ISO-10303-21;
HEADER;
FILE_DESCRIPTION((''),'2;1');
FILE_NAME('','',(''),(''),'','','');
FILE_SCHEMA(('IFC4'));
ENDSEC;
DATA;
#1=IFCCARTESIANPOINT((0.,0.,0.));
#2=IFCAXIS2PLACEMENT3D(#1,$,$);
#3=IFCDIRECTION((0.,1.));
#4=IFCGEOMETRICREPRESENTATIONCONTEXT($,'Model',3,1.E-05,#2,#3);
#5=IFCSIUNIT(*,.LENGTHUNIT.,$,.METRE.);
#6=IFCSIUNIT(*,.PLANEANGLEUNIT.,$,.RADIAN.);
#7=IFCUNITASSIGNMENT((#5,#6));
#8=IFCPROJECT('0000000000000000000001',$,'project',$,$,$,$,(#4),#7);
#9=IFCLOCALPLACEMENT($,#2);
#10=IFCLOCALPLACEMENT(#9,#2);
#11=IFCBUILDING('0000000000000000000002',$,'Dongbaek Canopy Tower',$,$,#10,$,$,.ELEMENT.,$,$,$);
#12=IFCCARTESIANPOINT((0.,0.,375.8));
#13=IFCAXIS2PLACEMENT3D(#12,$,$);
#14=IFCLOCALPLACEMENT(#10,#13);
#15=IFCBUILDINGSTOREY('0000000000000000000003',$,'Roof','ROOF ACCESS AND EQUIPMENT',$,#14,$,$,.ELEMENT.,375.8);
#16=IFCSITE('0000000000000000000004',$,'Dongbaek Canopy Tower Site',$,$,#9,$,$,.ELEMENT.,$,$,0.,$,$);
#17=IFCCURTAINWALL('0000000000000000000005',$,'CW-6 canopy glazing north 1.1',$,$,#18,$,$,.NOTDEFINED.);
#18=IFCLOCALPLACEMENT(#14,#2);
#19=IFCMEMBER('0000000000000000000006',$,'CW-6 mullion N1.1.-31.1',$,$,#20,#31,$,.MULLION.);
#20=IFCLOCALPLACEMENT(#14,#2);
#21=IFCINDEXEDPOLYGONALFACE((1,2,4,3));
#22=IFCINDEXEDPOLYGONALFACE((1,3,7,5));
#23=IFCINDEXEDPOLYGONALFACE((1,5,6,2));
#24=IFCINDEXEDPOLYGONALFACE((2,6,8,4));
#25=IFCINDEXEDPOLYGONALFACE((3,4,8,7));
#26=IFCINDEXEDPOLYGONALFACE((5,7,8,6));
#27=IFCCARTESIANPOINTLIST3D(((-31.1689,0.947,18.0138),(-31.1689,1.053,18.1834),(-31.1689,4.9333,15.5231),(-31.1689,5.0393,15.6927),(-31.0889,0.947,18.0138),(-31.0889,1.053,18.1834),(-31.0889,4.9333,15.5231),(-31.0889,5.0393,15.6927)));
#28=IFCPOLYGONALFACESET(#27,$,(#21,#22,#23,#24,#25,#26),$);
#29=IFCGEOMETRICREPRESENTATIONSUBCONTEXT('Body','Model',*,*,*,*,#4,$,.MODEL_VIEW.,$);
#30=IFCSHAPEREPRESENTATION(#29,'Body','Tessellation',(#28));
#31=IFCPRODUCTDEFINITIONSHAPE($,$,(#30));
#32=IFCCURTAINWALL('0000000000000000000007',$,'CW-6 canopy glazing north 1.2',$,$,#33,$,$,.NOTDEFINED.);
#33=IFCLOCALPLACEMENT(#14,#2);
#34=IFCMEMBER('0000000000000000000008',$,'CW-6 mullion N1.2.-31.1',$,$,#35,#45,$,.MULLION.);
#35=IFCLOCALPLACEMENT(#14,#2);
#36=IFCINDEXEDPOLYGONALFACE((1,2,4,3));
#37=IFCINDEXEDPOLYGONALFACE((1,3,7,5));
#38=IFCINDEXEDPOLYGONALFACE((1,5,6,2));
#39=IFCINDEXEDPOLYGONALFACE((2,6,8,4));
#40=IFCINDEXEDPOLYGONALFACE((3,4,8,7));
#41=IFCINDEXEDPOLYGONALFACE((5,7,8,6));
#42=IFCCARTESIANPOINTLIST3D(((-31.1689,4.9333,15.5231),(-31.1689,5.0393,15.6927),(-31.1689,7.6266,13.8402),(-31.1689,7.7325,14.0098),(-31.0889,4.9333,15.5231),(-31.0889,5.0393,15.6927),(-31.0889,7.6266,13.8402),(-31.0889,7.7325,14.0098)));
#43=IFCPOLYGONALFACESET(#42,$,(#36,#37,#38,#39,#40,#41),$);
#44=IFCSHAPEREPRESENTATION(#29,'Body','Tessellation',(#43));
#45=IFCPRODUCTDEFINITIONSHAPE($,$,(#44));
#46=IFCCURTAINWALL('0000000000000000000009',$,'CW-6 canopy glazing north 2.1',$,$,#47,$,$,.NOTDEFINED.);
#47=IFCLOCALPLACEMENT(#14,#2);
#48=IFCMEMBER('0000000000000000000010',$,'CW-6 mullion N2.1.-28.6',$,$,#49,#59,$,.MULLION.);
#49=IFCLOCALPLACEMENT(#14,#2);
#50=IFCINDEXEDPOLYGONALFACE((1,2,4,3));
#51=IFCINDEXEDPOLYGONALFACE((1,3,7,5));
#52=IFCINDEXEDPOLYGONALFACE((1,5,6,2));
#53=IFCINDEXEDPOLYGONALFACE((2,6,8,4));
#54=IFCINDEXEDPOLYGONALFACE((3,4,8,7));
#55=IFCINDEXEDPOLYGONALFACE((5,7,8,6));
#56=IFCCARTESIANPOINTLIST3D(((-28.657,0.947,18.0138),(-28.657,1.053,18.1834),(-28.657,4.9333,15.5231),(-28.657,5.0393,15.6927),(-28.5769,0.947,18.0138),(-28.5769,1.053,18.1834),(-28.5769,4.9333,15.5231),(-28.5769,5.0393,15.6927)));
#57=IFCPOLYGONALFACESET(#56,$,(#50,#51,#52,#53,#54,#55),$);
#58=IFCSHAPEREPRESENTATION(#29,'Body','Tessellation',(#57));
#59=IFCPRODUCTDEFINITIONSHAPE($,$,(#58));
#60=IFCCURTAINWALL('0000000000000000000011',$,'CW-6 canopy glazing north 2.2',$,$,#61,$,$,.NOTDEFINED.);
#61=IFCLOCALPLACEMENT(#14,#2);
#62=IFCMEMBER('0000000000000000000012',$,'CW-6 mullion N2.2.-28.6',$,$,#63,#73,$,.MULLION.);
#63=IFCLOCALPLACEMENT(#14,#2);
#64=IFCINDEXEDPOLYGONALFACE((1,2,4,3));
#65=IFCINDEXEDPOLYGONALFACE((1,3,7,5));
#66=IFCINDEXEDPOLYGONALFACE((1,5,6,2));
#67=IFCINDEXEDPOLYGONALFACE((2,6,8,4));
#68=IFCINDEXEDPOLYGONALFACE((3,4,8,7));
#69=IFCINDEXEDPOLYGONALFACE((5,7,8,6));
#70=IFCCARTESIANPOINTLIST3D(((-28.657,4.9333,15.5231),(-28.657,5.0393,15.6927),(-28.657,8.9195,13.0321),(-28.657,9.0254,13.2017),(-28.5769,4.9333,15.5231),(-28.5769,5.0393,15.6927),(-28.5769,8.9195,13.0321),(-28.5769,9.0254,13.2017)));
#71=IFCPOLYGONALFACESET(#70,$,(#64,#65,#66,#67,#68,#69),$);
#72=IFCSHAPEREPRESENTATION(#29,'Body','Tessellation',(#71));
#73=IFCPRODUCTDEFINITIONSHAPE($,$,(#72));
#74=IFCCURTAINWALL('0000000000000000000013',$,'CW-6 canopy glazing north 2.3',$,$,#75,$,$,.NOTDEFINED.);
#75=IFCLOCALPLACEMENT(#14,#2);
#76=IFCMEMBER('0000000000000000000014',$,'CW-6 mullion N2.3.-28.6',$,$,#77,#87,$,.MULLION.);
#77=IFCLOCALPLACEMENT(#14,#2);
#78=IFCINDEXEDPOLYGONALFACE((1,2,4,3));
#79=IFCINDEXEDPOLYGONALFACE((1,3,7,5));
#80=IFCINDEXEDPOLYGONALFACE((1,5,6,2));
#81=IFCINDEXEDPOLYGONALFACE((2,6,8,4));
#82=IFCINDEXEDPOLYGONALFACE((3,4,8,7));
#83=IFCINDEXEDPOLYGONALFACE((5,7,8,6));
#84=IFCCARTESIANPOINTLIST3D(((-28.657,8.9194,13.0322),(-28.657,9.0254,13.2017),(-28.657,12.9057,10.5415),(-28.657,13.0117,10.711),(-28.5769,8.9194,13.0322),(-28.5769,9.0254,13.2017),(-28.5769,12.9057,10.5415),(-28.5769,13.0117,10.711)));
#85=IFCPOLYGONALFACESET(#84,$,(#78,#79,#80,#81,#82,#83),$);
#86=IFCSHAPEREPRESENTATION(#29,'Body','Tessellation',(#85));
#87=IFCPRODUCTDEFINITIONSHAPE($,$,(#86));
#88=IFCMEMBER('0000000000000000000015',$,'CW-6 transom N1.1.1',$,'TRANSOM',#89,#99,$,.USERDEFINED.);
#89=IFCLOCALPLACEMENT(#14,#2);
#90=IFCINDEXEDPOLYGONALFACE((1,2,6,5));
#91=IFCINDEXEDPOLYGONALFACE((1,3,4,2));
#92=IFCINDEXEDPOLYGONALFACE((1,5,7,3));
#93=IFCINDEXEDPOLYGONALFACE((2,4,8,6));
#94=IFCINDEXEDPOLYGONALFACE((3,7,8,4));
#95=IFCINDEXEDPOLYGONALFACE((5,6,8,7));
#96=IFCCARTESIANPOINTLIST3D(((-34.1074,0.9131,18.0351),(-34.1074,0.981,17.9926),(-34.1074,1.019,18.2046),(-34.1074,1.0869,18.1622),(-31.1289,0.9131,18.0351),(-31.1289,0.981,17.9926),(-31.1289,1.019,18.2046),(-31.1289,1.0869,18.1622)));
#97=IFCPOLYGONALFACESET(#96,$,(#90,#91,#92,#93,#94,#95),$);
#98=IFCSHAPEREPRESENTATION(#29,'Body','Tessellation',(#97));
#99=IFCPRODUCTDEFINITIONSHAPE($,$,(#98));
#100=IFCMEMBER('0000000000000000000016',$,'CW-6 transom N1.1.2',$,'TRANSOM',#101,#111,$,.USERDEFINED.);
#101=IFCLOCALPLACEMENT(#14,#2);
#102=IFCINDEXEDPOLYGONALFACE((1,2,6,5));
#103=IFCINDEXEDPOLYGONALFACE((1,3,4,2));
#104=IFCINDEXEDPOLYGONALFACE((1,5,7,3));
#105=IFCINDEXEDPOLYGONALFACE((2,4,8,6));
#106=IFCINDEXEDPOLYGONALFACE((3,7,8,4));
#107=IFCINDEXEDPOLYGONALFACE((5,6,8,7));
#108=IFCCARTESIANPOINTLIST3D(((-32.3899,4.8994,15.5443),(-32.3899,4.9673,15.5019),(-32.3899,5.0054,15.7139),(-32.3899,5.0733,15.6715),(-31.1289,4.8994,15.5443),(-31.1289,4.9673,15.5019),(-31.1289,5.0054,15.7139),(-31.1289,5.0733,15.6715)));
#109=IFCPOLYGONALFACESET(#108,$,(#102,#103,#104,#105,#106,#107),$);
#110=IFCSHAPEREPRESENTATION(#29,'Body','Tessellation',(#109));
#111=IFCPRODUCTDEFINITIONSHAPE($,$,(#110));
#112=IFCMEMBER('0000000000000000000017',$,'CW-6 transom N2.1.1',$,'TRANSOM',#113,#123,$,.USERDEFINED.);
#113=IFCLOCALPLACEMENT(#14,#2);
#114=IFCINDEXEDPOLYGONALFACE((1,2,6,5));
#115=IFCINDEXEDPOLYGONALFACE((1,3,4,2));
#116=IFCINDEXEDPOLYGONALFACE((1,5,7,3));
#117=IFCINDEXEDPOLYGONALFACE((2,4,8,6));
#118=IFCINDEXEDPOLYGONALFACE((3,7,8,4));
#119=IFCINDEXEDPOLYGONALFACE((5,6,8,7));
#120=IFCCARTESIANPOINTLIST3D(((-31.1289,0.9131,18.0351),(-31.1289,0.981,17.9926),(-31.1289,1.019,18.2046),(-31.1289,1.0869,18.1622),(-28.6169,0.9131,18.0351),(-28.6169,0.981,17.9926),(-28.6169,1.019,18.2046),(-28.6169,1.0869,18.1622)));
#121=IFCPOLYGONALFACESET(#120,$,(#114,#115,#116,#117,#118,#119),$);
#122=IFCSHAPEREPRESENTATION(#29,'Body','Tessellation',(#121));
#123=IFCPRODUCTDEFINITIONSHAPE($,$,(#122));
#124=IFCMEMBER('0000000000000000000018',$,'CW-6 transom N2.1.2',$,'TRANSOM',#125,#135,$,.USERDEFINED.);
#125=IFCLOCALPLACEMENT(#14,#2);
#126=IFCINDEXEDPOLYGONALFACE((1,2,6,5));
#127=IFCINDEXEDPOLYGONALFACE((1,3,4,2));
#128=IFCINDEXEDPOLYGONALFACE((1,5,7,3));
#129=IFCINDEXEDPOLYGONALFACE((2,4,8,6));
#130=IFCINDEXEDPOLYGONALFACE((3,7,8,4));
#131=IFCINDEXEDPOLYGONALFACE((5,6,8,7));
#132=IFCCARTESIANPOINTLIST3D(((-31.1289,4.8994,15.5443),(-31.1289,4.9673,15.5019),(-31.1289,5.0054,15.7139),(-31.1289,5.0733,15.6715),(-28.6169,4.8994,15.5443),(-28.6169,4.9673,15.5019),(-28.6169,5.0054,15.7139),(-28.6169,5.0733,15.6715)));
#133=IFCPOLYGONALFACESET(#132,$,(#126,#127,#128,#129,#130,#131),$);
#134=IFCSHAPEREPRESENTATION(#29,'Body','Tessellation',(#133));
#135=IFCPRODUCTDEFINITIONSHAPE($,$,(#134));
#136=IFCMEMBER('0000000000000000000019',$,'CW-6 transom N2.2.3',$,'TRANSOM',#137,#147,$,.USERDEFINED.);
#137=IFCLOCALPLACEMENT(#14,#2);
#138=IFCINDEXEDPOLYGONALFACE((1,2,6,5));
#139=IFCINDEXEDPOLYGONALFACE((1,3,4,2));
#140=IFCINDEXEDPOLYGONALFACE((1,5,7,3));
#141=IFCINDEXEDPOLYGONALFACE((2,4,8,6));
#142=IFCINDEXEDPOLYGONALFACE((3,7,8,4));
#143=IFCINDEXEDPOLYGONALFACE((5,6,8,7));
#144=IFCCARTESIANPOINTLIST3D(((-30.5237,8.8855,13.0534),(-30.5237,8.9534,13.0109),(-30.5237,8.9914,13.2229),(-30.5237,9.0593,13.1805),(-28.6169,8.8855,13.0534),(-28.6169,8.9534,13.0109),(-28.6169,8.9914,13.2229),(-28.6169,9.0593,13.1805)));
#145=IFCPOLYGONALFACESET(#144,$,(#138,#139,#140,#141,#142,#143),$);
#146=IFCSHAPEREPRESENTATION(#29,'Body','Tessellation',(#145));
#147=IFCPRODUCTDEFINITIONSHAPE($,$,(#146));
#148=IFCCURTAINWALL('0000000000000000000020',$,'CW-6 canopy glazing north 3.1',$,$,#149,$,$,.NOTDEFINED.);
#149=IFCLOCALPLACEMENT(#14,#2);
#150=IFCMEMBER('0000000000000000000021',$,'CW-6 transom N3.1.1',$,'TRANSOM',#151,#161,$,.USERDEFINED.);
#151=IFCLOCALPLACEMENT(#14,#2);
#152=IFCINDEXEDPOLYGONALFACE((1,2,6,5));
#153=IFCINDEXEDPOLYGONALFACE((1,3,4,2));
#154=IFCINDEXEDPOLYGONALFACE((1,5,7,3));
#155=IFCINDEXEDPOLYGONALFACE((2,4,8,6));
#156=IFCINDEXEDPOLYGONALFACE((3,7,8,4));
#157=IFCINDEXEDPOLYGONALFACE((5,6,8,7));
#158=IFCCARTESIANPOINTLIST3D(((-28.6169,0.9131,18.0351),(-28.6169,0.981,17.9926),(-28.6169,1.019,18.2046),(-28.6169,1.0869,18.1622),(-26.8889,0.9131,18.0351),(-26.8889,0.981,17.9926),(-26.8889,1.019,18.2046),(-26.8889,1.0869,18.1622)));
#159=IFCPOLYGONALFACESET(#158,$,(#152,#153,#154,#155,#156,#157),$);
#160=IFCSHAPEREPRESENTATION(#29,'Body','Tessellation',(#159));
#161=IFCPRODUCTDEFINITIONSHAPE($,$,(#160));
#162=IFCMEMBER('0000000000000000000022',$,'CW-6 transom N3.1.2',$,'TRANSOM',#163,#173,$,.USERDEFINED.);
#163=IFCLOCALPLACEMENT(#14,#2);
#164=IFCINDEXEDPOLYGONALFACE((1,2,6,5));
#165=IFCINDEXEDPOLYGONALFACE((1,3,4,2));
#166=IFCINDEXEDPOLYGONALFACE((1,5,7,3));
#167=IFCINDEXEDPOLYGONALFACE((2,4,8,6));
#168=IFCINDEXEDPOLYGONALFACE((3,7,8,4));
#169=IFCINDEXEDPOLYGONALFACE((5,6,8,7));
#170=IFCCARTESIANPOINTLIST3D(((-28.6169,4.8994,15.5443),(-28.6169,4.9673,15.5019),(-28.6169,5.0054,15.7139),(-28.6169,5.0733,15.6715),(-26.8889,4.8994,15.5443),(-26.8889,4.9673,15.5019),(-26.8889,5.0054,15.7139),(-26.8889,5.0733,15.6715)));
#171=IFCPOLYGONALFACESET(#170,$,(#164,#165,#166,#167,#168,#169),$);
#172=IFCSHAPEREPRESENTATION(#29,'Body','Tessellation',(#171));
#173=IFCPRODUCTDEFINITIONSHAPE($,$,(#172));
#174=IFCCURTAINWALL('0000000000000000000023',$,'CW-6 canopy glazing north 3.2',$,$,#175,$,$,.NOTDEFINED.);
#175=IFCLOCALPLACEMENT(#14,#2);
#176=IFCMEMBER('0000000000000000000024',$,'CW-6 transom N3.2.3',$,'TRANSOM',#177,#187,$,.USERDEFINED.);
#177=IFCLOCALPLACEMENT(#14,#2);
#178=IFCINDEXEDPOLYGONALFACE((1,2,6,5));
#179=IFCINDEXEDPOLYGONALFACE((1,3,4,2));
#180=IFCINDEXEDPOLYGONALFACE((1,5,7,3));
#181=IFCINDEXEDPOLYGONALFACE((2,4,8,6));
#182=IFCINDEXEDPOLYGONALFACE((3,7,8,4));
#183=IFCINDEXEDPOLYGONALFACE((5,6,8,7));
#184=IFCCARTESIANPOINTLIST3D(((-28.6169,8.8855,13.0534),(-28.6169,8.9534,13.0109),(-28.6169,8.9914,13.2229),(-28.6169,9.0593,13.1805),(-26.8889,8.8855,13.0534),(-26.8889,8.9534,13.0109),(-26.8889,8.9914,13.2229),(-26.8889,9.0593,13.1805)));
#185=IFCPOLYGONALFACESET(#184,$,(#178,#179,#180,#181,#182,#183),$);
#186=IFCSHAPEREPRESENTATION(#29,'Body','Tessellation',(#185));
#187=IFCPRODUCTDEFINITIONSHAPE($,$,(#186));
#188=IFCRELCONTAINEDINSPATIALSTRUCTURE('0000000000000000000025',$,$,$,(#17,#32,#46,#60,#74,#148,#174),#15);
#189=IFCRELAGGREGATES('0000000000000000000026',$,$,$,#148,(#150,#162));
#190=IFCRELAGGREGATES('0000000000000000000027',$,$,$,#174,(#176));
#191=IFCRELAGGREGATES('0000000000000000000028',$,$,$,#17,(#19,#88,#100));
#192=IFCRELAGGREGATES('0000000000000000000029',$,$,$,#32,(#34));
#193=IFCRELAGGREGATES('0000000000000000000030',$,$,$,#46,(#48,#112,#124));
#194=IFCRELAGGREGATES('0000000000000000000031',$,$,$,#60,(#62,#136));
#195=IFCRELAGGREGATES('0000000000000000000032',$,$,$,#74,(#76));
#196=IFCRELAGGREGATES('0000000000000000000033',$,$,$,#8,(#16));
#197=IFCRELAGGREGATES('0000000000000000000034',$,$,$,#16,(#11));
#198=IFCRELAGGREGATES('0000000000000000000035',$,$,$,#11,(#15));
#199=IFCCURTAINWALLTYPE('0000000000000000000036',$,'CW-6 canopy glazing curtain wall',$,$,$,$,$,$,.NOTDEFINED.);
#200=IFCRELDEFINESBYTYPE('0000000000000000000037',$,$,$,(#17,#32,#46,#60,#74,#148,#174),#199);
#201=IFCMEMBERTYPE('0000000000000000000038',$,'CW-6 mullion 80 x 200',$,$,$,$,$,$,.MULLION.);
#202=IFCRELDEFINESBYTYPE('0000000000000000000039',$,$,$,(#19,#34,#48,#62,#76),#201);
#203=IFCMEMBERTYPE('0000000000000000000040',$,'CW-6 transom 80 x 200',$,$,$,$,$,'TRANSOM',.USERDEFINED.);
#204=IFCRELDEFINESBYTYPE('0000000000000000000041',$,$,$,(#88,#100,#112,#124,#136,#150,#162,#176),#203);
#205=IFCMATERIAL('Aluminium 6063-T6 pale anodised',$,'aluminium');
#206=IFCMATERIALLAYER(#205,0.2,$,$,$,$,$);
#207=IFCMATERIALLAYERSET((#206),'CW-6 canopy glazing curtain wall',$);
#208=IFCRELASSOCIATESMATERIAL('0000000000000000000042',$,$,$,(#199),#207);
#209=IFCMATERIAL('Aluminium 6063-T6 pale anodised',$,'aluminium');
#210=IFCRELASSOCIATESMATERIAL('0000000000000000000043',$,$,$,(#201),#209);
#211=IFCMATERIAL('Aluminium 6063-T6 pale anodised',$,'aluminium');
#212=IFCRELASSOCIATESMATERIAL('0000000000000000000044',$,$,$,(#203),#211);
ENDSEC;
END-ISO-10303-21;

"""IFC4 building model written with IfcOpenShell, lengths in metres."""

from ifc_helpers import new_model, si_unit, direction, frame, origin, origin_2d, place, context, subcontext, project, spatial, rectangle, extrude, material, layer, layer_set, material_profile, profile_set, type_object, element, aggregate, save


model = new_model("IFC4")

# Units and contexts
model_context = context("Model", 3, precision=1e-05, world=origin(), true_north=direction((0.0, 1.0)))
body_context = subcontext(model_context, "Body", "Model", "MODEL_VIEW")
ifc_project = project(units=[si_unit("LENGTHUNIT", "METRE"), si_unit("PLANEANGLEUNIT", "RADIAN")], contexts=[model_context])

# Site, building, storey
site_placement = place(None, origin())
site = spatial("IfcSite", under=ifc_project, at=site_placement, Name="Dongbaek Canopy Tower Site", CompositionType="ELEMENT", RefElevation=0.0)
building_placement = place(site_placement, origin())
building = spatial("IfcBuilding", under=site, at=building_placement, Name="Dongbaek Canopy Tower", CompositionType="ELEMENT")
storey_placement = place(building_placement, frame((0.0, 0.0, 375.8)))
storey = spatial("IfcBuildingStorey", under=building, at=storey_placement, Name="Roof", Description="ROOF ACCESS AND EQUIPMENT", CompositionType="ELEMENT", Elevation=375.8)

# Curtain walls, members
ifc_material_1 = material(Name="Aluminium 6063-T6 pale anodised", Category="aluminium")
ifc_layer_1 = layer(ifc_material_1, 0.2)
ifc_layer_set_1 = layer_set([ifc_layer_1], Name="CW-6 canopy glazing curtain wall")
curtain_wall_type = type_object("IfcCurtainWallType", Name="CW-6 canopy glazing curtain wall", PredefinedType="NOTDEFINED", material=ifc_layer_set_1)
curtain_wall_1_placement = place(storey_placement, origin())
curtain_wall_1 = element("IfcCurtainWall", 1, at=curtain_wall_1_placement, inside=storey, type_object=curtain_wall_type, Name="CW-6 canopy glazing north 1.1", PredefinedType="NOTDEFINED")
ifc_material_2 = material(Name="Aluminium 6063-T6 pale anodised", Category="aluminium")
ifc_material_profile_1 = material_profile(ifc_material_2, rectangle(XDim=0.0801, YDim=0.2, at=origin_2d()), Name="CW-6 mullion 80 x 200")
ifc_profile_set_1 = profile_set([ifc_material_profile_1], Name="Aluminium 6063-T6 pale anodised")
member_type_1 = type_object("IfcMemberType", Name="CW-6 mullion 80 x 200", PredefinedType="MULLION", material=ifc_profile_set_1)
member_1_placement = place(storey_placement, frame((-31.1289, 1.0, 18.0986), z_axis=(0.0, 0.848068, -0.529887), x_axis=(-1.0, 0.0, 0.0)))
member_1 = element("IfcMember", 2, at=member_1_placement, type_object=member_type_1, Name="CW-6 mullion N1.1.-31.1", PredefinedType="MULLION", context=body_context, shape_type="SweptSolid", body=[
    extrude(rectangle(XDim=0.0801, YDim=0.2, at=origin_2d()), origin(), (0.0, 0.0, 1.0), 4.7004),
])
curtain_wall_2_placement = place(storey_placement, origin())
curtain_wall_2 = element("IfcCurtainWall", 3, at=curtain_wall_2_placement, inside=storey, type_object=curtain_wall_type, Name="CW-6 canopy glazing north 1.2", PredefinedType="NOTDEFINED")
member_2_placement = place(storey_placement, frame((-31.1289, 4.9863, 15.6079), z_axis=(0.0, 0.848046, -0.529923), x_axis=(-1.0, 0.0, 0.0)))
member_2 = element("IfcMember", 4, at=member_2_placement, type_object=member_type_1, Name="CW-6 mullion N1.2.-31.1", PredefinedType="MULLION", context=body_context, shape_type="SweptSolid", body=[
    extrude(rectangle(XDim=0.0801, YDim=0.2, at=origin_2d()), origin(), (0.0, 0.0, 1.0), 3.1758),
])
curtain_wall_3_placement = place(storey_placement, origin())
curtain_wall_3 = element("IfcCurtainWall", 5, at=curtain_wall_3_placement, inside=storey, type_object=curtain_wall_type, Name="CW-6 canopy glazing north 2.1", PredefinedType="NOTDEFINED")
member_3_placement = place(storey_placement, frame((-28.6169, 1.0, 18.0986), z_axis=(0.0, 0.848068, -0.529887), x_axis=(-1.0, 0.0, 0.0)))
member_3 = element("IfcMember", 6, at=member_3_placement, type_object=member_type_1, Name="CW-6 mullion N2.1.-28.6", PredefinedType="MULLION", context=body_context, shape_type="SweptSolid", body=[
    extrude(rectangle(XDim=0.0801, YDim=0.2, at=origin_2d()), origin(), (0.0, 0.0, 1.0), 4.7004),
])
curtain_wall_4_placement = place(storey_placement, origin())
curtain_wall_4 = element("IfcCurtainWall", 7, at=curtain_wall_4_placement, inside=storey, type_object=curtain_wall_type, Name="CW-6 canopy glazing north 2.2", PredefinedType="NOTDEFINED")
member_4_placement = place(storey_placement, frame((-28.6169, 4.9863, 15.6079), z_axis=(0.0, 0.84803, -0.529948), x_axis=(-1.0, 0.0, 0.0)))
member_4 = element("IfcMember", 8, at=member_4_placement, type_object=member_type_1, Name="CW-6 mullion N2.2.-28.6", PredefinedType="MULLION", context=body_context, shape_type="SweptSolid", body=[
    extrude(rectangle(XDim=0.0801, YDim=0.2, at=origin_2d()), origin(), (0.0, 0.0, 1.0), 4.7004),
])
curtain_wall_5_placement = place(storey_placement, origin())
curtain_wall_5 = element("IfcCurtainWall", 9, at=curtain_wall_5_placement, inside=storey, type_object=curtain_wall_type, Name="CW-6 canopy glazing north 2.3", PredefinedType="NOTDEFINED")
member_5_placement = place(storey_placement, frame((-28.6169, 8.9724, 13.1169), z_axis=(0.0, 0.848068, -0.529887), x_axis=(-1.0, 0.0, 0.0)))
member_5 = element("IfcMember", 10, at=member_5_placement, type_object=member_type_1, Name="CW-6 mullion N2.3.-28.6", PredefinedType="MULLION", context=body_context, shape_type="SweptSolid", body=[
    extrude(rectangle(XDim=0.0801, YDim=0.2, at=origin_2d()), origin(), (0.0, 0.0, 1.0), 4.7004),
])

# Members
ifc_material_3 = material(Name="Aluminium 6063-T6 pale anodised", Category="aluminium")
ifc_material_profile_2 = material_profile(ifc_material_3, rectangle(XDim=0.0801, YDim=0.2, at=origin_2d()), Name="CW-6 transom 80 x 200")
ifc_profile_set_2 = profile_set([ifc_material_profile_2], Name="Aluminium 6063-T6 pale anodised")
member_type_2 = type_object("IfcMemberType", Name="CW-6 transom 80 x 200", ElementType="TRANSOM", PredefinedType="USERDEFINED", material=ifc_profile_set_2)
member_6_placement = place(storey_placement, frame((-34.1074, 1.0, 18.0986), z_axis=(1.0, 0.0, 0.0), x_axis=(0.0, 0.848048, -0.529919)))
member_6 = element("IfcMember", 11, at=member_6_placement, type_object=member_type_2, Name="CW-6 transom N1.1.1", ObjectType="TRANSOM", PredefinedType="USERDEFINED", context=body_context, shape_type="SweptSolid", body=[
    extrude(rectangle(XDim=0.0801, YDim=0.2, at=origin_2d()), origin(), (0.0, 0.0, 1.0), 2.9785),
])
member_7_placement = place(storey_placement, frame((-32.3899, 4.9863, 15.6079), z_axis=(1.0, 0.0, 0.0), x_axis=(0.0, 0.848048, -0.529919)))
member_7 = element("IfcMember", 12, at=member_7_placement, type_object=member_type_2, Name="CW-6 transom N1.1.2", ObjectType="TRANSOM", PredefinedType="USERDEFINED", context=body_context, shape_type="SweptSolid", body=[
    extrude(rectangle(XDim=0.0801, YDim=0.2, at=origin_2d()), origin(), (0.0, 0.0, 1.0), 1.261),
])
member_8_placement = place(storey_placement, frame((-31.1289, 1.0, 18.0986), z_axis=(1.0, 0.0, 0.0), x_axis=(0.0, 0.848048, -0.529919)))
member_8 = element("IfcMember", 13, at=member_8_placement, type_object=member_type_2, Name="CW-6 transom N2.1.1", ObjectType="TRANSOM", PredefinedType="USERDEFINED", context=body_context, shape_type="SweptSolid", body=[
    extrude(rectangle(XDim=0.0801, YDim=0.2, at=origin_2d()), origin(), (0.0, 0.0, 1.0), 2.512),
])
member_9_placement = place(storey_placement, frame((-31.1289, 4.9863, 15.6079), z_axis=(1.0, 0.0, 0.0), x_axis=(0.0, 0.848048, -0.529919)))
member_9 = element("IfcMember", 14, at=member_9_placement, type_object=member_type_2, Name="CW-6 transom N2.1.2", ObjectType="TRANSOM", PredefinedType="USERDEFINED", context=body_context, shape_type="SweptSolid", body=[
    extrude(rectangle(XDim=0.0801, YDim=0.2, at=origin_2d()), origin(), (0.0, 0.0, 1.0), 2.512),
])
member_10_placement = place(storey_placement, frame((-30.5237, 8.9724, 13.1169), z_axis=(1.0, 0.0, 0.0), x_axis=(0.0, 0.848048, -0.529919)))
member_10 = element("IfcMember", 15, at=member_10_placement, type_object=member_type_2, Name="CW-6 transom N2.2.3", ObjectType="TRANSOM", PredefinedType="USERDEFINED", context=body_context, shape_type="SweptSolid", body=[
    extrude(rectangle(XDim=0.0801, YDim=0.2, at=origin_2d()), origin(), (0.0, 0.0, 1.0), 1.9067),
])

# Curtain wall, members
curtain_wall_6_placement = place(storey_placement, origin())
curtain_wall_6 = element("IfcCurtainWall", 16, at=curtain_wall_6_placement, inside=storey, type_object=curtain_wall_type, Name="CW-6 canopy glazing north 3.1", PredefinedType="NOTDEFINED")
member_11_placement = place(storey_placement, frame((-28.6169, 1.0, 18.0986), z_axis=(1.0, 0.0, 0.0), x_axis=(0.0, 0.848048, -0.529919)))
member_11 = element("IfcMember", 17, at=member_11_placement, type_object=member_type_2, Name="CW-6 transom N3.1.1", ObjectType="TRANSOM", PredefinedType="USERDEFINED", context=body_context, shape_type="SweptSolid", body=[
    extrude(rectangle(XDim=0.0801, YDim=0.2, at=origin_2d()), origin(), (0.0, 0.0, 1.0), 1.728),
])
member_12_placement = place(storey_placement, frame((-28.6169, 4.9863, 15.6079), z_axis=(1.0, 0.0, 0.0), x_axis=(0.0, 0.848048, -0.529919)))
member_12 = element("IfcMember", 18, at=member_12_placement, type_object=member_type_2, Name="CW-6 transom N3.1.2", ObjectType="TRANSOM", PredefinedType="USERDEFINED", context=body_context, shape_type="SweptSolid", body=[
    extrude(rectangle(XDim=0.0801, YDim=0.2, at=origin_2d()), origin(), (0.0, 0.0, 1.0), 1.728),
])
aggregate(curtain_wall_6, [member_11, member_12])

# Curtain wall, member
curtain_wall_7_placement = place(storey_placement, origin())
curtain_wall_7 = element("IfcCurtainWall", 19, at=curtain_wall_7_placement, inside=storey, type_object=curtain_wall_type, Name="CW-6 canopy glazing north 3.2", PredefinedType="NOTDEFINED")
member_13_placement = place(storey_placement, frame((-28.6169, 8.9724, 13.1169), z_axis=(1.0, 0.0, 0.0), x_axis=(0.0, 0.848048, -0.529919)))
member_13 = element("IfcMember", 20, at=member_13_placement, type_object=member_type_2, Name="CW-6 transom N3.2.3", ObjectType="TRANSOM", PredefinedType="USERDEFINED", context=body_context, shape_type="SweptSolid", body=[
    extrude(rectangle(XDim=0.0801, YDim=0.2, at=origin_2d()), origin(), (0.0, 0.0, 1.0), 1.728),
])
aggregate(curtain_wall_7, [member_13])

aggregate(curtain_wall_1, [member_1, member_6, member_7])
aggregate(curtain_wall_2, [member_2])
aggregate(curtain_wall_3, [member_3, member_8, member_9])
aggregate(curtain_wall_4, [member_4, member_10])
aggregate(curtain_wall_5, [member_5])

save(model, "model.ifc")
